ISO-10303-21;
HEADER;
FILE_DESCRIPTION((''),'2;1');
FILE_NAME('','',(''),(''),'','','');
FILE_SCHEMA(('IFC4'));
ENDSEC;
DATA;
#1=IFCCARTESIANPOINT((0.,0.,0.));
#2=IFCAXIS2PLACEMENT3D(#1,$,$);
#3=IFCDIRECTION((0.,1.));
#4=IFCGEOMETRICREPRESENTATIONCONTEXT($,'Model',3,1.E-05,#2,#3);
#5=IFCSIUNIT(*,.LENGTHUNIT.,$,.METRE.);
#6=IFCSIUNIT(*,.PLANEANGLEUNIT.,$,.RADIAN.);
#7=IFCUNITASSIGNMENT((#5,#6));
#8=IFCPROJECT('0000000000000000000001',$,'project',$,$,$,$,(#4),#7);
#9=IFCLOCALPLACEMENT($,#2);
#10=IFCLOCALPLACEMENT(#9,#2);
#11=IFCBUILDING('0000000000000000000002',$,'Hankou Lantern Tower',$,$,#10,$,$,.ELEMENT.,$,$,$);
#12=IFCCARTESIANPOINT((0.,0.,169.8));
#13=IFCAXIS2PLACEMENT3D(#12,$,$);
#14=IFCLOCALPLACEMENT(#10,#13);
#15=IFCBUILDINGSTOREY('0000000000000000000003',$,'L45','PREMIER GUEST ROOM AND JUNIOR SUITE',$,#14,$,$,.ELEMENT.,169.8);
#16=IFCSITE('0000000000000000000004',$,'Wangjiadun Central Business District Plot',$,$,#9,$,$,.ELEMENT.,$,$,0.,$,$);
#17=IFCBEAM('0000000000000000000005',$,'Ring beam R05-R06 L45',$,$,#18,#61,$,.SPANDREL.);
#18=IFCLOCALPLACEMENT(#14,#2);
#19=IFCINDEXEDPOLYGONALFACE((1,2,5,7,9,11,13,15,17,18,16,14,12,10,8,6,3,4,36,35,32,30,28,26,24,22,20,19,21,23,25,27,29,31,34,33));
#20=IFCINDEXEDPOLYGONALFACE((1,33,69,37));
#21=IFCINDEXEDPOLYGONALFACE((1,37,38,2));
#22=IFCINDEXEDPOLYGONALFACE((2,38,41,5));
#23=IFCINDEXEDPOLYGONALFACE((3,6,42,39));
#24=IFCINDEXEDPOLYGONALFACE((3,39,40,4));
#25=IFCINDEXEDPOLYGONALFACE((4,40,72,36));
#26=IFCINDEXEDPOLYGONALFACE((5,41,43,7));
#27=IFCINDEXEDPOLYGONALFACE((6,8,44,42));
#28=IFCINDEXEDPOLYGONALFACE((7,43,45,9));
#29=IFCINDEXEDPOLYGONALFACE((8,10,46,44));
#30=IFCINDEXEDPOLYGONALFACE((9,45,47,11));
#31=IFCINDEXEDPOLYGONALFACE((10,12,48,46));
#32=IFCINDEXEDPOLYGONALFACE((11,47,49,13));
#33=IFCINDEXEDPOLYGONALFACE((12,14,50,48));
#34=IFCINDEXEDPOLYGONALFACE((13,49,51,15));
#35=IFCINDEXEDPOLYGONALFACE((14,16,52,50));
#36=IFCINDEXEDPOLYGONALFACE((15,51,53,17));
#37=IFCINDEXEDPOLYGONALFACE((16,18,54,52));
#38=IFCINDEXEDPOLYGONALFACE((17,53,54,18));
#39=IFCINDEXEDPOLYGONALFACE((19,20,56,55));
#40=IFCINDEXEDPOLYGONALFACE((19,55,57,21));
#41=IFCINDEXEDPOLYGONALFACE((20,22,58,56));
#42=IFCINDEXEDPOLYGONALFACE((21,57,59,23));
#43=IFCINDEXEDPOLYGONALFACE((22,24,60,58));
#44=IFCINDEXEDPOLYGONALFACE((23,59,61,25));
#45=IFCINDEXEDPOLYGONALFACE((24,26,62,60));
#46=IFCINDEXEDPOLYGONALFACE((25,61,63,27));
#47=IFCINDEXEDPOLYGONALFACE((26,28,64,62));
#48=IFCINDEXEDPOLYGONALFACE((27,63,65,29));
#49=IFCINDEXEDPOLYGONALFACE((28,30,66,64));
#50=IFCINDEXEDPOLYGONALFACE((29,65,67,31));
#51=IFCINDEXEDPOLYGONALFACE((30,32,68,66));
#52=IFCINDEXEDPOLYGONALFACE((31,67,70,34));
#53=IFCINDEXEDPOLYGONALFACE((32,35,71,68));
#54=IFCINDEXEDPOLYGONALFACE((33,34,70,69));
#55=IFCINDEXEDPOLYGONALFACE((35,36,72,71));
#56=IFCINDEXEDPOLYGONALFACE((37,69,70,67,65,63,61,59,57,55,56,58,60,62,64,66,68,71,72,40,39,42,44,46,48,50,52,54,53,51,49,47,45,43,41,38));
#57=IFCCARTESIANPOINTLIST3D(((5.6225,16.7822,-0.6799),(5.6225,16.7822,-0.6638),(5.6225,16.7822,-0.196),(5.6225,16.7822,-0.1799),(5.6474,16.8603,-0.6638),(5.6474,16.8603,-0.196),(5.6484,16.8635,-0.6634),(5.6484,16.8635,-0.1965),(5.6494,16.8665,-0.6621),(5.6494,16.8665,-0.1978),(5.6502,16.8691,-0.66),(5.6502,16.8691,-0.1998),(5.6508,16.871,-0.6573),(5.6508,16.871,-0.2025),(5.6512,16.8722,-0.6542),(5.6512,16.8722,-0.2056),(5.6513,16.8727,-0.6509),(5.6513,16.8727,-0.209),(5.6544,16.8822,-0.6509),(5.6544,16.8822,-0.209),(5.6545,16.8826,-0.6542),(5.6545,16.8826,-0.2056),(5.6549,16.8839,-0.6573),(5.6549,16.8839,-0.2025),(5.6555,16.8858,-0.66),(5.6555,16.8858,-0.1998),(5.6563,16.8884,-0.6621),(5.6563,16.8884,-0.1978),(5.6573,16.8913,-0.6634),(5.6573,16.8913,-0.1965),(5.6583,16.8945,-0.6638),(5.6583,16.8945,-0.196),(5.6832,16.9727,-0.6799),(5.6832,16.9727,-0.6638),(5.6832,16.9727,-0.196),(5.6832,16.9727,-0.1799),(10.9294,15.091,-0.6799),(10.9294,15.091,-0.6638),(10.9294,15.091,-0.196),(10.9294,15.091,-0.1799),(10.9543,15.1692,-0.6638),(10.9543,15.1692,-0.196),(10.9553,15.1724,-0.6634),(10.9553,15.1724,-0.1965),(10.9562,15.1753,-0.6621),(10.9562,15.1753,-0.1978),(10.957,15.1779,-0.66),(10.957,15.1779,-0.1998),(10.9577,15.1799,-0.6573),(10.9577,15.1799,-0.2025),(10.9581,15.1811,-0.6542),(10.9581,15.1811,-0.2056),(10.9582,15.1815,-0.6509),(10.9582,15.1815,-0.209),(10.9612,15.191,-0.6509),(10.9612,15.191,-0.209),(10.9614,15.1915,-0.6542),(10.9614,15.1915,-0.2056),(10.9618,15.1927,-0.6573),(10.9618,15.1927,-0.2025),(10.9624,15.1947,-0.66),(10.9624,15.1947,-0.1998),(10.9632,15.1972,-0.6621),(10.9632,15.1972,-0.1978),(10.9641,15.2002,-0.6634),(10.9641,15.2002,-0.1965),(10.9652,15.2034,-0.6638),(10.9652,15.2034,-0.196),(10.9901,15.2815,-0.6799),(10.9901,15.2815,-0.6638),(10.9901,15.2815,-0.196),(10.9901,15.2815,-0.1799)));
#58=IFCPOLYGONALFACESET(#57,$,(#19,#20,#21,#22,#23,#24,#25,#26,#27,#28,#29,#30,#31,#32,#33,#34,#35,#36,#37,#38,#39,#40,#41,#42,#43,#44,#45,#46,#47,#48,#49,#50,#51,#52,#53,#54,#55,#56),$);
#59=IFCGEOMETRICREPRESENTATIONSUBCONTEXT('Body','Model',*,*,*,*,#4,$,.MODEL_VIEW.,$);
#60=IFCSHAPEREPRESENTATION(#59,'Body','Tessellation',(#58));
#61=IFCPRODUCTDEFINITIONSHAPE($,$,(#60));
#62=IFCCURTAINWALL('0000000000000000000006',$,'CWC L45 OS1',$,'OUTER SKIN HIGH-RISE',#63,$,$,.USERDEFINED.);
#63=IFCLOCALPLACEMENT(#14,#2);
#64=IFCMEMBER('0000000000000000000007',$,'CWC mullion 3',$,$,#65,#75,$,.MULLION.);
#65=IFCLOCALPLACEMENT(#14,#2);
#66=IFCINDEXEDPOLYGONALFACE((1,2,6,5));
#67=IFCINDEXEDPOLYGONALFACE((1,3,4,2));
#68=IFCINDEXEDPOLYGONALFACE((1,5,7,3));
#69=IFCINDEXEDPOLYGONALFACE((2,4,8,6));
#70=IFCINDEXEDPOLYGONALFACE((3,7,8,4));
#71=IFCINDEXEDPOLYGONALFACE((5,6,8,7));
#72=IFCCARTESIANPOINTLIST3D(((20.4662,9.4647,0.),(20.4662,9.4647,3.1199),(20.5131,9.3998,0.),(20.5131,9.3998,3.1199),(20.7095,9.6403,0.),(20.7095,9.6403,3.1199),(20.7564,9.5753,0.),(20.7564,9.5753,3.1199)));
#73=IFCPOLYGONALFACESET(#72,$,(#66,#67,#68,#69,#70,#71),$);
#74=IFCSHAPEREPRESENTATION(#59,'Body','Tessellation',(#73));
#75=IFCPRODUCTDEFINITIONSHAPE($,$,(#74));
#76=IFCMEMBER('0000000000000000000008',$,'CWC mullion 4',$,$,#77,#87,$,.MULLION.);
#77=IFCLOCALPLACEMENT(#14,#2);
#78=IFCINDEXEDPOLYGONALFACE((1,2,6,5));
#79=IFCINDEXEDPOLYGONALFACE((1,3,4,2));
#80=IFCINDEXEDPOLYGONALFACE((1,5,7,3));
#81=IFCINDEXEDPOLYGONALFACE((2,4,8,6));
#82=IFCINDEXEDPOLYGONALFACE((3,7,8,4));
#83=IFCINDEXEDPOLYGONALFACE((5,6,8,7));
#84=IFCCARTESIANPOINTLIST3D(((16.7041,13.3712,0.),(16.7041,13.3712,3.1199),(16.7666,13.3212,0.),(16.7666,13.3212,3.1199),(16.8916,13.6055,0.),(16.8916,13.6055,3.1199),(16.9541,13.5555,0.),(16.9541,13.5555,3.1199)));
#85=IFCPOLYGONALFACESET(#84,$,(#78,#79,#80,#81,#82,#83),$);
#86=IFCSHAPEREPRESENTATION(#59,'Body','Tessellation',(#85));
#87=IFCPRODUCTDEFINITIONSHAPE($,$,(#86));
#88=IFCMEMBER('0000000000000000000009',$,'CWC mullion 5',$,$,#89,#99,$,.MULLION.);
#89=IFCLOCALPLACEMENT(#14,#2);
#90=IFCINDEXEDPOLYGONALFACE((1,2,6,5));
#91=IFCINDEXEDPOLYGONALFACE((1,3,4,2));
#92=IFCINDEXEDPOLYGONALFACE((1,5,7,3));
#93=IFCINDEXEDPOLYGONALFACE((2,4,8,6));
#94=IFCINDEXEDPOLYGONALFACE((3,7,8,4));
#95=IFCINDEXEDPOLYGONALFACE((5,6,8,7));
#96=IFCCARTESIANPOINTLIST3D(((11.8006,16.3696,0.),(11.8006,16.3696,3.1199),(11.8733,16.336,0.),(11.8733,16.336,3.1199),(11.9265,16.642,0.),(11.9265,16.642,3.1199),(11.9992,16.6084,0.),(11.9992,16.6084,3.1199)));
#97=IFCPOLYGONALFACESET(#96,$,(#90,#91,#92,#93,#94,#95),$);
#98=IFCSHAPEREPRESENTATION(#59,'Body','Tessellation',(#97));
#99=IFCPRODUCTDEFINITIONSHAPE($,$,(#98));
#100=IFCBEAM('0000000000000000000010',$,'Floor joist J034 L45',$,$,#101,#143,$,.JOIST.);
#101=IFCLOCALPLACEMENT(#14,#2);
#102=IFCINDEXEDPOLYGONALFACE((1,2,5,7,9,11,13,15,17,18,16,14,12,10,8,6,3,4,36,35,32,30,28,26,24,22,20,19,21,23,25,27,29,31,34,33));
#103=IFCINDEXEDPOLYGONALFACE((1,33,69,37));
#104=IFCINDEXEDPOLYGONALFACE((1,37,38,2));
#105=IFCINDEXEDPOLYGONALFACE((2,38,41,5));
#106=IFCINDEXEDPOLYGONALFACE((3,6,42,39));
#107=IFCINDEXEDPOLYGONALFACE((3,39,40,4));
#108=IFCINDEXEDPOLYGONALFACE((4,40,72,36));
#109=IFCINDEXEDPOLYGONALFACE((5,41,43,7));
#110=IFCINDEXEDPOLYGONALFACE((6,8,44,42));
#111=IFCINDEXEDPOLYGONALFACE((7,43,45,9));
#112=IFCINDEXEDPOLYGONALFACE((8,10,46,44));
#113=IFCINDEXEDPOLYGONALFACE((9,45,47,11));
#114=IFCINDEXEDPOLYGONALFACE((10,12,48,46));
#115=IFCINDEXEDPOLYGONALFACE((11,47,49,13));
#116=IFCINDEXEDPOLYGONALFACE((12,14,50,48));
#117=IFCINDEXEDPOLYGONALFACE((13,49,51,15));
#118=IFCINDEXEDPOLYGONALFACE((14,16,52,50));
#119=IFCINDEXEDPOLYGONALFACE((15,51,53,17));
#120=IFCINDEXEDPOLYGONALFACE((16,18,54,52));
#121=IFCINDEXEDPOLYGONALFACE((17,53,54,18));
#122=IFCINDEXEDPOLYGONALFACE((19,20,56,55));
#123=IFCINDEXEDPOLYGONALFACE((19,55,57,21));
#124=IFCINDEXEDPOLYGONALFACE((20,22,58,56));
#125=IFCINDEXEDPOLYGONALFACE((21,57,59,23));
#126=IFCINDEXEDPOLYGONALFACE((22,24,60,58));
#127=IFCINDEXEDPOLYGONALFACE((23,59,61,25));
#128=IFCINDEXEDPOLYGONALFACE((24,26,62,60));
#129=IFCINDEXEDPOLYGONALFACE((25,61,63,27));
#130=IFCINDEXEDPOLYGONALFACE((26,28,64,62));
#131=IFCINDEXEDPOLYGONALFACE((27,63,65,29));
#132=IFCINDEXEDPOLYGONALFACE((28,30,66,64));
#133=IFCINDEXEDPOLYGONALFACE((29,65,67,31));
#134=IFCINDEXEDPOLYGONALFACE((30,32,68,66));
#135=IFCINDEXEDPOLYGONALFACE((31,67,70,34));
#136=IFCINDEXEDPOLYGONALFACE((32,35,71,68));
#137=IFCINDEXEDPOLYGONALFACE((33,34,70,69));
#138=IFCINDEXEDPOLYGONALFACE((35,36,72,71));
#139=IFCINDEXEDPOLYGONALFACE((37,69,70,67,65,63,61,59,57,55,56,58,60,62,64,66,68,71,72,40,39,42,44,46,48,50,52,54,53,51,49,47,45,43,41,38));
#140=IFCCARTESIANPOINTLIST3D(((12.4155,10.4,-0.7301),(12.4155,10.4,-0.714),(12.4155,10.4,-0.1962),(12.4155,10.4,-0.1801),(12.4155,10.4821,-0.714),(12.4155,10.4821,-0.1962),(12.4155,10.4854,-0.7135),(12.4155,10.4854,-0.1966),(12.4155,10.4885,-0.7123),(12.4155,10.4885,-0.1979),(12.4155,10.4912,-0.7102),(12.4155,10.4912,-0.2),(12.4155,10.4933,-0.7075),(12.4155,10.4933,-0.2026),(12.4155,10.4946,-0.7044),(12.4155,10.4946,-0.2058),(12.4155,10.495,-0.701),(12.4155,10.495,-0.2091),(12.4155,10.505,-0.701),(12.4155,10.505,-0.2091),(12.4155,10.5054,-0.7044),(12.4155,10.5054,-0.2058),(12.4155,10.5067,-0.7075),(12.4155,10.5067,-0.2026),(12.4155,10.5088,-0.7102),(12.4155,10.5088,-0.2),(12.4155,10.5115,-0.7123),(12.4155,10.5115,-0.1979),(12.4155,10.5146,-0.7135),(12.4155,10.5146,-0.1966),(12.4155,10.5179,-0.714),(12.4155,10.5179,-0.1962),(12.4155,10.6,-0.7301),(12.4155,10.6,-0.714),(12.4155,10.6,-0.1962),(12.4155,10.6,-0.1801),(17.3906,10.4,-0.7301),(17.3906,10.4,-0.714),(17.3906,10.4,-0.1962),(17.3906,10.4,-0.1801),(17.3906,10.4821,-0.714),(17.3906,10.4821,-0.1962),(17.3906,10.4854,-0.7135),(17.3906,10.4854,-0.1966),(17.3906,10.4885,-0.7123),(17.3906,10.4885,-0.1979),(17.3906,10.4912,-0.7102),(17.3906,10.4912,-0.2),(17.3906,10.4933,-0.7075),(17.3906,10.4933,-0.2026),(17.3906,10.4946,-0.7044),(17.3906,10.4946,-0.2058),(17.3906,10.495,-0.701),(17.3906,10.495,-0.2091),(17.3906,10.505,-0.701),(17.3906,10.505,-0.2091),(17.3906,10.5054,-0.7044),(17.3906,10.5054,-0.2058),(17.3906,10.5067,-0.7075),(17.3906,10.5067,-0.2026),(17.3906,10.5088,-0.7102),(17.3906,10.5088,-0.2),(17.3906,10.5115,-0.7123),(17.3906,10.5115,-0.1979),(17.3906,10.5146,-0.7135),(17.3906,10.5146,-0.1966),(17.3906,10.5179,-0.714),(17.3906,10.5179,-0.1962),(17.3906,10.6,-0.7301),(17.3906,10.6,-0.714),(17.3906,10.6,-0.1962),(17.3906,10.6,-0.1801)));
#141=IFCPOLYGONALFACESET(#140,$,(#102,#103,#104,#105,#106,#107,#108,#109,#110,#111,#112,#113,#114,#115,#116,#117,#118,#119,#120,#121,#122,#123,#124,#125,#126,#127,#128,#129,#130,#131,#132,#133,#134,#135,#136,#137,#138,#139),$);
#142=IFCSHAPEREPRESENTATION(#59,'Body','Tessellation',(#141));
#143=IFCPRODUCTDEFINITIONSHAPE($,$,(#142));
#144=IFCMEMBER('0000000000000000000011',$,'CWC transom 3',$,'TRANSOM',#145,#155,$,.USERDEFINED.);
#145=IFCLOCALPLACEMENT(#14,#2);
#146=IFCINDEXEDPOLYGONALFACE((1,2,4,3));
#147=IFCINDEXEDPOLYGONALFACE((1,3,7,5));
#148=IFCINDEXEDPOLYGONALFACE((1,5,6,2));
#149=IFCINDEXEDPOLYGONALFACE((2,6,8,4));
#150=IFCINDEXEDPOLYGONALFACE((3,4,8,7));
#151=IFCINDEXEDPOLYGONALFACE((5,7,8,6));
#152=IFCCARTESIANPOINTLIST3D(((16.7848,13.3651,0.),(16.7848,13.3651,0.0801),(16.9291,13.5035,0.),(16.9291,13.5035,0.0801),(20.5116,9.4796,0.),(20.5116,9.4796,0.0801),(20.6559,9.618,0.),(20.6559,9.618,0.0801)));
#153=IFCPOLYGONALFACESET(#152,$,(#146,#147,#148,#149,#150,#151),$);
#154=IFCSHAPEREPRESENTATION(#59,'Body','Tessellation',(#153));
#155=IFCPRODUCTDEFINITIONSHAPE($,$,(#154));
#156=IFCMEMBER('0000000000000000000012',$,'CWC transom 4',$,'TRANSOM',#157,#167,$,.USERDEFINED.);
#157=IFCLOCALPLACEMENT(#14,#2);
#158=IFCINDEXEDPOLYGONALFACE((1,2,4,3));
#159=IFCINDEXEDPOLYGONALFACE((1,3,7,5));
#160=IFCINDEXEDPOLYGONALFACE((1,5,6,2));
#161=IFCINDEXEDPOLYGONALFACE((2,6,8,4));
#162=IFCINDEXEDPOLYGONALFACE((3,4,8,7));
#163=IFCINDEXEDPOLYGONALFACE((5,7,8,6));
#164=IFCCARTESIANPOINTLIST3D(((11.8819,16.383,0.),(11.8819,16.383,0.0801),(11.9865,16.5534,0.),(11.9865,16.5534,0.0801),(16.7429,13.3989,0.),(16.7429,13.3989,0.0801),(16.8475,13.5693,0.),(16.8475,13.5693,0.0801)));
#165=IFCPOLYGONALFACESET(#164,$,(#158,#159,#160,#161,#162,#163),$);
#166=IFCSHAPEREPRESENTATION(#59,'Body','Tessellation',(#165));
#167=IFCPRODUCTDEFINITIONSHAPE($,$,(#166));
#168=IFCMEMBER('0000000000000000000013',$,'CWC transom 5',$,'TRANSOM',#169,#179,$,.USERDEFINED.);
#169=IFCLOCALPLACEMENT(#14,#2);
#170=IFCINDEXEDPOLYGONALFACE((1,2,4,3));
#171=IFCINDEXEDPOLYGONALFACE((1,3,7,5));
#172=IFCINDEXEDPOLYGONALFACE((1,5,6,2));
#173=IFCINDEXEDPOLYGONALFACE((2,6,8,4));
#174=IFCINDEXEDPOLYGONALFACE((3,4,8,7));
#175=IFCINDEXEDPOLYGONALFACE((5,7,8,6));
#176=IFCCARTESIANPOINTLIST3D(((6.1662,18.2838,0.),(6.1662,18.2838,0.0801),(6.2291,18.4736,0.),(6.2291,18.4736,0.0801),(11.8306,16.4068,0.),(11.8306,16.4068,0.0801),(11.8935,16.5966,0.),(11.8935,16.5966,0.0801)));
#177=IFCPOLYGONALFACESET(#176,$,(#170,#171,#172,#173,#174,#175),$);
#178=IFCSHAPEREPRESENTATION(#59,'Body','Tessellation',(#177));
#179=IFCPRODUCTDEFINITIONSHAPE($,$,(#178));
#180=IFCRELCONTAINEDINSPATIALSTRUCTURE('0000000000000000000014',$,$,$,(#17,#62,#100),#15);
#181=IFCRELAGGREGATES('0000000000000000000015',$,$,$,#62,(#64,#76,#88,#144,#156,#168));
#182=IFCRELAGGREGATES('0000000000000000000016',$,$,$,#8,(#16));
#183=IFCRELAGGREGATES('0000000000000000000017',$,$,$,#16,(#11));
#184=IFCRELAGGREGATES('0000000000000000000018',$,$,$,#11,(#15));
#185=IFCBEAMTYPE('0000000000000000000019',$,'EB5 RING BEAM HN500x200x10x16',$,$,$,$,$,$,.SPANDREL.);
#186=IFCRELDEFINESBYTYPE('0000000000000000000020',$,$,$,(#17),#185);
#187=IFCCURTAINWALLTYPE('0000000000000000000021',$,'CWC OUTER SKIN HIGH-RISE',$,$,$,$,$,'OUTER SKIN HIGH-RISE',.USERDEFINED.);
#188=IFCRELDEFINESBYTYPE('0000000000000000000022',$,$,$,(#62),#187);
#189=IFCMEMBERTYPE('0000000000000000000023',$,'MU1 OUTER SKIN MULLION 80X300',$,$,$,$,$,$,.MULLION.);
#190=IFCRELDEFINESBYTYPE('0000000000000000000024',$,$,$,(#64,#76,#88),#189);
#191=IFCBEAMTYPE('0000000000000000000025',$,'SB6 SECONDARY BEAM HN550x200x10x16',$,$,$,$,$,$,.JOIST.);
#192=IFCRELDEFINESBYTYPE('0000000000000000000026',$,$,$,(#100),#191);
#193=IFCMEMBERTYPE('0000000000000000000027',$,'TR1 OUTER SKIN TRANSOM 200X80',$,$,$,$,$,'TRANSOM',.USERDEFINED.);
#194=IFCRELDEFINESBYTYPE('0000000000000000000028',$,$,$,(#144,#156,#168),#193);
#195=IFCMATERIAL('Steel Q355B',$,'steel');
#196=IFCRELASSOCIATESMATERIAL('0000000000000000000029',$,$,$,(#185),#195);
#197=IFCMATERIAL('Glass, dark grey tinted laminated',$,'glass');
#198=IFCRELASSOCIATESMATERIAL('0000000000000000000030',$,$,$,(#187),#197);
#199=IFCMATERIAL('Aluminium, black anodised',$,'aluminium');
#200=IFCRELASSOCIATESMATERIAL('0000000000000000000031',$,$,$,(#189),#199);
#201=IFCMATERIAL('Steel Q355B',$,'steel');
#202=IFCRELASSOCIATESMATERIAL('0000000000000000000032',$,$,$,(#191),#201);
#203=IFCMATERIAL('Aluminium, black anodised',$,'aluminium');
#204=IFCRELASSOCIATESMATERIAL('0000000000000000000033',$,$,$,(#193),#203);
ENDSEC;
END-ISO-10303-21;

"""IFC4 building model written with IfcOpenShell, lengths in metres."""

from ifc_helpers import new_model, si_unit, direction, frame, origin, origin_2d, place, context, subcontext, project, spatial, rectangle, i_section, extrude, material, material_profile, profile_set, type_object, element, aggregate, save


model = new_model("IFC4")

# Units and contexts
model_context = context("Model", 3, precision=1e-05, world=origin(), true_north=direction((0.0, 1.0)))
body_context = subcontext(model_context, "Body", "Model", "MODEL_VIEW")
ifc_project = project(units=[si_unit("LENGTHUNIT", "METRE"), si_unit("PLANEANGLEUNIT", "RADIAN")], contexts=[model_context])

# Site, building, storey
site_placement = place(None, origin())
site = spatial("IfcSite", under=ifc_project, at=site_placement, Name="Wangjiadun Central Business District Plot", CompositionType="ELEMENT", RefElevation=0.0)
building_placement = place(site_placement, origin())
building = spatial("IfcBuilding", under=site, at=building_placement, Name="Hankou Lantern Tower", CompositionType="ELEMENT")
storey_placement = place(building_placement, frame((0.0, 0.0, 169.8)))
storey = spatial("IfcBuildingStorey", under=building, at=storey_placement, Name="L45", Description="PREMIER GUEST ROOM AND JUNIOR SUITE", CompositionType="ELEMENT", Elevation=169.8)

# Beam
ifc_material_1 = material(Name="Steel Q355B", Category="steel")
ifc_material_profile_1 = material_profile(ifc_material_1, i_section(OverallWidth=0.2, OverallDepth=0.5, WebThickness=0.01, FlangeThickness=0.0161, FilletRadius=0.0129, at=origin_2d()), Name="HN500x200x10x16")
ifc_profile_set_1 = profile_set([ifc_material_profile_1], Name="Steel Q355B")
beam_type_1 = type_object("IfcBeamType", Name="EB5 RING BEAM HN500x200x10x16", PredefinedType="SPANDREL", material=ifc_profile_set_1)
beam_1_placement = place(storey_placement, frame((10.9597, 15.1863, -0.4299), z_axis=(-0.95279, 0.303629, 0.0), x_axis=(-0.303629, -0.95279, 0.0)))
element("IfcBeam", 1, at=beam_1_placement, inside=storey, type_object=beam_type_1, Name="Ring beam R05-R06 L45", PredefinedType="SPANDREL", context=body_context, shape_type="SweptSolid", body=[
    extrude(i_section(OverallWidth=0.2, OverallDepth=0.5, WebThickness=0.01, FlangeThickness=0.0161, FilletRadius=0.0129, at=origin_2d()), origin(), (0.0, 0.0, 1.0), 5.5698),
])

# Curtain wall, members
ifc_material_2 = material(Name="Glass, dark grey tinted laminated", Category="glass")
curtain_wall_type = type_object("IfcCurtainWallType", Name="CWC OUTER SKIN HIGH-RISE", ElementType="OUTER SKIN HIGH-RISE", PredefinedType="USERDEFINED", material=ifc_material_2)
curtain_wall_placement = place(storey_placement, origin())
curtain_wall = element("IfcCurtainWall", 2, at=curtain_wall_placement, inside=storey, type_object=curtain_wall_type, Name="CWC L45 OS1", ObjectType="OUTER SKIN HIGH-RISE", PredefinedType="USERDEFINED")
ifc_material_3 = material(Name="Aluminium, black anodised", Category="aluminium")
ifc_material_profile_2 = material_profile(ifc_material_3, rectangle(XDim=0.0801, YDim=0.3, at=origin_2d()), Name="MU1 80X300")
ifc_profile_set_2 = profile_set([ifc_material_profile_2], Name="Aluminium, black anodised")
member_type_1 = type_object("IfcMemberType", Name="MU1 OUTER SKIN MULLION 80X300", PredefinedType="MULLION", material=ifc_profile_set_2)
member_1_placement = place(storey_placement, frame((20.6113, 9.52, 0.0), z_axis=(0.0, 0.0, 1.0), x_axis=(-0.585206, 0.810885, 0.0)))
member_1 = element("IfcMember", 3, at=member_1_placement, type_object=member_type_1, Name="CWC mullion 3", PredefinedType="MULLION", context=body_context, shape_type="SweptSolid", body=[
    extrude(rectangle(XDim=0.0801, YDim=0.3, at=origin_2d()), origin(), (0.0, 0.0, 1.0), 3.1199),
])
member_2_placement = place(storey_placement, frame((16.8291, 13.4634, 0.0), z_axis=(0.0, 0.0, 1.0), x_axis=(-0.780869, 0.624695, 0.0)))
member_2 = element("IfcMember", 4, at=member_2_placement, type_object=member_type_1, Name="CWC mullion 4", PredefinedType="MULLION", context=body_context, shape_type="SweptSolid", body=[
    extrude(rectangle(XDim=0.0801, YDim=0.3, at=origin_2d()), origin(), (0.0, 0.0, 1.0), 3.1199),
])
member_3_placement = place(storey_placement, frame((11.8999, 16.489, 0.0), z_axis=(0.0, 0.0, 1.0), x_axis=(-0.907841, 0.419314, 0.0)))
member_3 = element("IfcMember", 5, at=member_3_placement, type_object=member_type_1, Name="CWC mullion 5", PredefinedType="MULLION", context=body_context, shape_type="SweptSolid", body=[
    extrude(rectangle(XDim=0.0801, YDim=0.3, at=origin_2d()), origin(), (0.0, 0.0, 1.0), 3.1199),
])

# Beam
ifc_material_4 = material(Name="Steel Q355B", Category="steel")
ifc_material_profile_3 = material_profile(ifc_material_4, i_section(OverallWidth=0.2, OverallDepth=0.55, WebThickness=0.01, FlangeThickness=0.0161, FilletRadius=0.0129, at=origin_2d()), Name="HN550x200x10x16")
ifc_profile_set_3 = profile_set([ifc_material_profile_3], Name="Steel Q355B")
beam_type_2 = type_object("IfcBeamType", Name="SB6 SECONDARY BEAM HN550x200x10x16", PredefinedType="JOIST", material=ifc_profile_set_3)
beam_2_placement = place(storey_placement, frame((12.4155, 10.5, -0.4551), z_axis=(1.0, 0.0, 0.0), x_axis=(0.0, 1.0, 0.0)))
element("IfcBeam", 6, at=beam_2_placement, inside=storey, type_object=beam_type_2, Name="Floor joist J034 L45", PredefinedType="JOIST", context=body_context, shape_type="SweptSolid", body=[
    extrude(i_section(OverallWidth=0.2, OverallDepth=0.55, WebThickness=0.01, FlangeThickness=0.0161, FilletRadius=0.0129, at=origin_2d()), origin(), (0.0, 0.0, 1.0), 4.9751),
])

# Members
ifc_material_5 = material(Name="Aluminium, black anodised", Category="aluminium")
ifc_material_profile_4 = material_profile(ifc_material_5, rectangle(XDim=0.2, YDim=0.0801, at=origin_2d()), Name="TR1 200X80")
ifc_profile_set_4 = profile_set([ifc_material_profile_4], Name="Aluminium, black anodised")
member_type_2 = type_object("IfcMemberType", Name="TR1 OUTER SKIN TRANSOM 200X80", ElementType="TRANSOM", PredefinedType="USERDEFINED", material=ifc_profile_set_4)
member_4_placement = place(storey_placement, frame((20.5837, 9.5488, 0.04), z_axis=(-0.692216, 0.721691, 0.0), x_axis=(-0.721691, -0.692216, 0.0)))
member_4 = element("IfcMember", 7, at=member_4_placement, type_object=member_type_2, Name="CWC transom 3", ObjectType="TRANSOM", PredefinedType="USERDEFINED", context=body_context, shape_type="SweptSolid", body=[
    extrude(rectangle(XDim=0.2, YDim=0.0801, at=origin_2d()), origin(), (0.0, 0.0, 1.0), 5.3838),
])
member_5_placement = place(storey_placement, frame((16.7952, 13.4841, 0.04), z_axis=(-0.852229, 0.523168, 0.0), x_axis=(-0.523168, -0.852229, 0.0)))
member_5 = element("IfcMember", 8, at=member_5_placement, type_object=member_type_2, Name="CWC transom 4", ObjectType="TRANSOM", PredefinedType="USERDEFINED", context=body_context, shape_type="SweptSolid", body=[
    extrude(rectangle(XDim=0.2, YDim=0.0801, at=origin_2d()), origin(), (0.0, 0.0, 1.0), 5.7039),
])
member_6_placement = place(storey_placement, frame((11.8621, 16.5017, 0.04), z_axis=(-0.949242, 0.314546, 0.0), x_axis=(-0.314546, -0.949242, 0.0)))
member_6 = element("IfcMember", 9, at=member_6_placement, type_object=member_type_2, Name="CWC transom 5", ObjectType="TRANSOM", PredefinedType="USERDEFINED", context=body_context, shape_type="SweptSolid", body=[
    extrude(rectangle(XDim=0.2, YDim=0.0801, at=origin_2d()), origin(), (0.0, 0.0, 1.0), 5.9673),
])

aggregate(curtain_wall, [member_1, member_2, member_3, member_4, member_5, member_6])

save(model, "model.ifc")
